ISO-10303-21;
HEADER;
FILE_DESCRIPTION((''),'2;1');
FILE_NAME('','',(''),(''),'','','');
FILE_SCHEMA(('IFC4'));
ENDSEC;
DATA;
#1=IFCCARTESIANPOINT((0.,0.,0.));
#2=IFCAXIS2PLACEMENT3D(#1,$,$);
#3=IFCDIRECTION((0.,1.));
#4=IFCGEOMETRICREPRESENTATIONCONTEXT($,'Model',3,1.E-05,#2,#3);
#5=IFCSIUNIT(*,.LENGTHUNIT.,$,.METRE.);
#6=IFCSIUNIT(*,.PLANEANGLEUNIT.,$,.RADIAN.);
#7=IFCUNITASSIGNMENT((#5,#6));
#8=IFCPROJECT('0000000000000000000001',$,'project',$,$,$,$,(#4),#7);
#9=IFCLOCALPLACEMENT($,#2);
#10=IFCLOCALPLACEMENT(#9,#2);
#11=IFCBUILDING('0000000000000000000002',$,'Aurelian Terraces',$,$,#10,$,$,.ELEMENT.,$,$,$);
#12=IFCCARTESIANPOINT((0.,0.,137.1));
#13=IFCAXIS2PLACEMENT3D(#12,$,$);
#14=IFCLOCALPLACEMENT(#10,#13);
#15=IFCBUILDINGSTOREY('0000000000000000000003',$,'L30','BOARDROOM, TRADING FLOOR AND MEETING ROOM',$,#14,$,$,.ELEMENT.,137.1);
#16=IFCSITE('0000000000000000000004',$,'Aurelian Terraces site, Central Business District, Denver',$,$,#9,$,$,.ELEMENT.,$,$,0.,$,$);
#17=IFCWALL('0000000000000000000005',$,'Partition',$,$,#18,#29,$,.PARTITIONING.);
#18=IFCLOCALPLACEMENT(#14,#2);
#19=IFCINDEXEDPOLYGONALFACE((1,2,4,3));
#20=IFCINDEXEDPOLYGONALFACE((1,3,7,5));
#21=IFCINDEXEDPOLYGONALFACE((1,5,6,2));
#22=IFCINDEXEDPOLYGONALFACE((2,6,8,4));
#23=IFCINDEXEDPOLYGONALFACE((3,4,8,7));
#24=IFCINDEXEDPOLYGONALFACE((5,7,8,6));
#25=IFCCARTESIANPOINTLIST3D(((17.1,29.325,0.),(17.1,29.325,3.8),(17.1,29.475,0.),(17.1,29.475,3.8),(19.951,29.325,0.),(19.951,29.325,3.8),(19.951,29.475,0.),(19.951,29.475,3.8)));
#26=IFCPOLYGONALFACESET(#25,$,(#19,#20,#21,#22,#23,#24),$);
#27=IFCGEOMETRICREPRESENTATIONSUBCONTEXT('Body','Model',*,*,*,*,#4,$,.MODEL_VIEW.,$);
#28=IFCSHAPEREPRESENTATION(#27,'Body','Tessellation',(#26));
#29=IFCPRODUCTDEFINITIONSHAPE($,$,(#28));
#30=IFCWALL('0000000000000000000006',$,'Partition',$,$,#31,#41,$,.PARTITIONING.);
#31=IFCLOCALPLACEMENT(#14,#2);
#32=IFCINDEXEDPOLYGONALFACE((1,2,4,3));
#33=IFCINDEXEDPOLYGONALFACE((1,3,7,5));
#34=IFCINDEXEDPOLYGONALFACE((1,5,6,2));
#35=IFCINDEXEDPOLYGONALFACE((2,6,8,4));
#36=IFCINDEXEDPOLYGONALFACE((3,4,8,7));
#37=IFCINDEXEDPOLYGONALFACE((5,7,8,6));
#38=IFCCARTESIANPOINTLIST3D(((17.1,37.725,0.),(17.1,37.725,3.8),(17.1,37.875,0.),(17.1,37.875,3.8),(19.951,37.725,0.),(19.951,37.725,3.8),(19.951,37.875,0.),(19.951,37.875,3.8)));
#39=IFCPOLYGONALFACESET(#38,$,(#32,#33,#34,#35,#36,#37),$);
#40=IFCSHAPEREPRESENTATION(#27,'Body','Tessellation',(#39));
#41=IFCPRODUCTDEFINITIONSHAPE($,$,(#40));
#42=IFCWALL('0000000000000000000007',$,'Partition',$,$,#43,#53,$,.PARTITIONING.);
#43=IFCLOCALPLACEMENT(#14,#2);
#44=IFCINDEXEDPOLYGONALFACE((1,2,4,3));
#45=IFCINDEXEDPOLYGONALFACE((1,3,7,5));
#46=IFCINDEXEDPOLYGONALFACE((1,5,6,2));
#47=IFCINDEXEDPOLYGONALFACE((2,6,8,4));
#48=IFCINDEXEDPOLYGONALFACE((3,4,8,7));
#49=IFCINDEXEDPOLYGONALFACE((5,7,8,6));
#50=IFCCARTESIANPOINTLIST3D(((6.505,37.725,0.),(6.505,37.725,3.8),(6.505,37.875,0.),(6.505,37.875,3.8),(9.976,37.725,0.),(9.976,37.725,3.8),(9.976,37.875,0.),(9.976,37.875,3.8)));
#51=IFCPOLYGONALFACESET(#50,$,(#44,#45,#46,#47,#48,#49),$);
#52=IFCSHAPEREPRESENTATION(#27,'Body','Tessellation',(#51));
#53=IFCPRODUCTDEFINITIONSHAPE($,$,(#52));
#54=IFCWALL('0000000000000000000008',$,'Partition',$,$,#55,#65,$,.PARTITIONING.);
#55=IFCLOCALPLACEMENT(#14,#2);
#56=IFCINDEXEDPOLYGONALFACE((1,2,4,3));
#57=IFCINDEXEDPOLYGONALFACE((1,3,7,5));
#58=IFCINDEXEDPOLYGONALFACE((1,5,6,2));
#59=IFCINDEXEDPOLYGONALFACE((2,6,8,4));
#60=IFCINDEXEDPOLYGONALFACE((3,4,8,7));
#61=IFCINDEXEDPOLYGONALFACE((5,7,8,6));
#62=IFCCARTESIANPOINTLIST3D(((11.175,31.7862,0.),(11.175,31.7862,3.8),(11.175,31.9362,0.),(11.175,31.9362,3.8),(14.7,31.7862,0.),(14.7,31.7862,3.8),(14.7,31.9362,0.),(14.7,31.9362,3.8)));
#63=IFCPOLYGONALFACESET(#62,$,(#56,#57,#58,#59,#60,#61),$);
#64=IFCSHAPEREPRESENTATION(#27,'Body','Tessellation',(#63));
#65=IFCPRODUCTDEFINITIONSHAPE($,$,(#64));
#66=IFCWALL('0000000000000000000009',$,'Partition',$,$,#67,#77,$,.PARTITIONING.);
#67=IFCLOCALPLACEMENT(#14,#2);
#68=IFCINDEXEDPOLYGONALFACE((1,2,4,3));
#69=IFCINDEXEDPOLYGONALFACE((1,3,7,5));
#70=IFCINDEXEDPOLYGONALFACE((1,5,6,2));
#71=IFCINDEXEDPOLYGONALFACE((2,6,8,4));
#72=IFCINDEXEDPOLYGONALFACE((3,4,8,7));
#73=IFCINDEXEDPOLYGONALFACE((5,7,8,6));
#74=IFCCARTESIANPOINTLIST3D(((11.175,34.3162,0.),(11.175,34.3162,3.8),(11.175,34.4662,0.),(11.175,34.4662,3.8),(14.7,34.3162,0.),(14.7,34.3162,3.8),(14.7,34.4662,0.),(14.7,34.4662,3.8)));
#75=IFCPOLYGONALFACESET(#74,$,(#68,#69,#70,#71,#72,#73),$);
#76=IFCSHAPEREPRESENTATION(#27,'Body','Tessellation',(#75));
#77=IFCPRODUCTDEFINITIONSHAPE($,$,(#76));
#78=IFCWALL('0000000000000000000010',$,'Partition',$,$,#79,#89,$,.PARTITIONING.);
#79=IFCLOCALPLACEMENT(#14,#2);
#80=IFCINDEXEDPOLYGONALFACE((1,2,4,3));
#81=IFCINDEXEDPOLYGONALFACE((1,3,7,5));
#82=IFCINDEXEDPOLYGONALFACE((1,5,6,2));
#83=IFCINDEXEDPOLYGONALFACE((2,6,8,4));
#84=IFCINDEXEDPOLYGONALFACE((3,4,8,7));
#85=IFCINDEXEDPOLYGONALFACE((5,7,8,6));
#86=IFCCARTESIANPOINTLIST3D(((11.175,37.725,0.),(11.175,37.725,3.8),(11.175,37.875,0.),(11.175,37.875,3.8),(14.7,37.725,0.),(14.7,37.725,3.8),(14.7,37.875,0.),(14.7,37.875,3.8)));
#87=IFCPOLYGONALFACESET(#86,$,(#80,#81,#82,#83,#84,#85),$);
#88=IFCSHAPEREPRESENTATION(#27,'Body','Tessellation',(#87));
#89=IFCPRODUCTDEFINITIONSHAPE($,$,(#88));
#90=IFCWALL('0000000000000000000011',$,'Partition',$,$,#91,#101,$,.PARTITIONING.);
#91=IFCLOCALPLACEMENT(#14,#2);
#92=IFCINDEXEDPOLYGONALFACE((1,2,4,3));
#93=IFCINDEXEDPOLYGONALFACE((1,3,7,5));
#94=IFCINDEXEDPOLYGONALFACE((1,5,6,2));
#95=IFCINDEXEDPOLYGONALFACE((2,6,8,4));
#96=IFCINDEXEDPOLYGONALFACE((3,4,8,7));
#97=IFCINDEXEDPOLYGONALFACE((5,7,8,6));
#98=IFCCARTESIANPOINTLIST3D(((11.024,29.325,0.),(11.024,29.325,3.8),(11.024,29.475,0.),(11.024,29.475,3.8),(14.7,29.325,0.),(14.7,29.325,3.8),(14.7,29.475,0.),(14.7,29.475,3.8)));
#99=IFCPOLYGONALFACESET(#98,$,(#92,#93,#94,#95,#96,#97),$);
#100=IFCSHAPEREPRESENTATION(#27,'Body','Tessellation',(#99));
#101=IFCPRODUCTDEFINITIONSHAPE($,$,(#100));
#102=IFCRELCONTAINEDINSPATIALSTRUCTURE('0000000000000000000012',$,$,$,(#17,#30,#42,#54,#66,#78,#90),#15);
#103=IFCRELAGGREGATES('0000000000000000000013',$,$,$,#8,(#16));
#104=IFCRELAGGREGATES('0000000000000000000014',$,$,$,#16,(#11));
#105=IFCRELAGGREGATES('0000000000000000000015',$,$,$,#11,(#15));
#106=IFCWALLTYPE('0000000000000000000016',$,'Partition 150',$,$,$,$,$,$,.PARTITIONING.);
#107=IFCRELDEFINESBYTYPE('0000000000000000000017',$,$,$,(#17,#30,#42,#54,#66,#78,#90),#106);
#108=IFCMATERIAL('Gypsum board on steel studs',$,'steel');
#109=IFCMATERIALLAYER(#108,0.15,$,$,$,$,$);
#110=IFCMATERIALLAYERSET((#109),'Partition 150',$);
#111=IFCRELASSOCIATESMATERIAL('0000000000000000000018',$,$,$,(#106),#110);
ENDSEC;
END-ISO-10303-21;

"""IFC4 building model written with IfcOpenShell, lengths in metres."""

from ifc_helpers import new_model, si_unit, direction, frame, frame_2d, origin, place, context, subcontext, project, spatial, rectangle, extrude, source, transform, mapped, material, layer, layer_set, type_object, element, save


model = new_model("IFC4")

# Units and contexts
model_context = context("Model", 3, precision=1e-05, world=origin(), true_north=direction((0.0, 1.0)))
body_context = subcontext(model_context, "Body", "Model", "MODEL_VIEW")
ifc_project = project(units=[si_unit("LENGTHUNIT", "METRE"), si_unit("PLANEANGLEUNIT", "RADIAN")], contexts=[model_context])

# Site, building, storey
site_placement = place(None, origin())
site = spatial("IfcSite", under=ifc_project, at=site_placement, Name="Aurelian Terraces site, Central Business District, Denver", CompositionType="ELEMENT", RefElevation=0.0)
building_placement = place(site_placement, origin())
building = spatial("IfcBuilding", under=site, at=building_placement, Name="Aurelian Terraces", CompositionType="ELEMENT")
storey_placement = place(building_placement, frame((0.0, 0.0, 137.1)))
storey = spatial("IfcBuildingStorey", under=building, at=storey_placement, Name="L30", Description="BOARDROOM, TRADING FLOOR AND MEETING ROOM", CompositionType="ELEMENT", Elevation=137.1)

# Shared definitions
ifc_material_1 = material(Name="Gypsum board on steel studs", Category="steel")

# Shared definitions
ifc_layer_1 = layer(ifc_material_1, 0.15)
ifc_layer_set_1 = layer_set([ifc_layer_1], Name="Partition 150")
wall_type_1 = type_object("IfcWallType", Name="Partition 150", PredefinedType="PARTITIONING", material=ifc_layer_set_1)

# Walls
shared_shape_1 = source(origin(), body_context, "Body", "SweptSolid", [
    extrude(rectangle(XDim=2.851, YDim=0.15, at=frame_2d((1.4255, 0.0))), origin(), (0.0, 0.0, 1.0), 3.8),
])
for number, where, z_axis, x_axis, name in (
    (1, (19.951, 29.4, 0.0), (0.0, 0.0, 1.0), (-1.0, 0.0, 0.0), "Partition"),
    (2, (19.951, 37.8, 0.0), (0.0, 0.0, 1.0), (-1.0, 0.0, 0.0), "Partition"),
):
    element("IfcWall", number, at=place(storey_placement, frame(where, z_axis=z_axis, x_axis=x_axis)), inside=storey, type_object=wall_type_1, Name=name, PredefinedType="PARTITIONING", context=body_context, shape_type="MappedRepresentation", body=[
        mapped(shared_shape_1, transform((0.0, 0.0, 0.0), scale=1.0)),
    ])
shared_shape_2 = source(origin(), body_context, "Body", "SweptSolid", [
    extrude(rectangle(XDim=3.471, YDim=0.15, at=frame_2d((1.7355, 0.0))), origin(), (0.0, 0.0, 1.0), 3.8),
])
wall_1_placement = place(storey_placement, frame((9.976, 37.8, 0.0), z_axis=(0.0, 0.0, 1.0), x_axis=(-1.0, 0.0, 0.0)))
element("IfcWall", 3, at=wall_1_placement, inside=storey, type_object=wall_type_1, Name="Partition", PredefinedType="PARTITIONING", context=body_context, shape_type="MappedRepresentation", body=[
    mapped(shared_shape_2, transform((0.0, 0.0, 0.0), scale=1.0)),
])
shared_shape_3 = source(origin(), body_context, "Body", "SweptSolid", [
    extrude(rectangle(XDim=3.525, YDim=0.15, at=frame_2d((1.7625, 0.0))), origin(), (0.0, 0.0, 1.0), 3.8),
])
for number, where, z_axis, x_axis, name in (
    (4, (14.7, 31.8612, 0.0), (0.0, 0.0, 1.0), (-1.0, 0.0, 0.0), "Partition"),
    (5, (14.7, 34.3912, 0.0), (0.0, 0.0, 1.0), (-1.0, 0.0, 0.0), "Partition"),
    (6, (14.7, 37.8, 0.0), (0.0, 0.0, 1.0), (-1.0, 0.0, 0.0), "Partition"),
):
    element("IfcWall", number, at=place(storey_placement, frame(where, z_axis=z_axis, x_axis=x_axis)), inside=storey, type_object=wall_type_1, Name=name, PredefinedType="PARTITIONING", context=body_context, shape_type="MappedRepresentation", body=[
        mapped(shared_shape_3, transform((0.0, 0.0, 0.0), scale=1.0)),
    ])
shared_shape_4 = source(origin(), body_context, "Body", "SweptSolid", [
    extrude(rectangle(XDim=3.676, YDim=0.15, at=frame_2d((1.838, 0.0))), origin(), (0.0, 0.0, 1.0), 3.8),
])
wall_2_placement = place(storey_placement, frame((14.7, 29.4, 0.0), z_axis=(0.0, 0.0, 1.0), x_axis=(-1.0, 0.0, 0.0)))
element("IfcWall", 7, at=wall_2_placement, inside=storey, type_object=wall_type_1, Name="Partition", PredefinedType="PARTITIONING", context=body_context, shape_type="MappedRepresentation", body=[
    mapped(shared_shape_4, transform((0.0, 0.0, 0.0), scale=1.0)),
])

save(model, "model.ifc")
